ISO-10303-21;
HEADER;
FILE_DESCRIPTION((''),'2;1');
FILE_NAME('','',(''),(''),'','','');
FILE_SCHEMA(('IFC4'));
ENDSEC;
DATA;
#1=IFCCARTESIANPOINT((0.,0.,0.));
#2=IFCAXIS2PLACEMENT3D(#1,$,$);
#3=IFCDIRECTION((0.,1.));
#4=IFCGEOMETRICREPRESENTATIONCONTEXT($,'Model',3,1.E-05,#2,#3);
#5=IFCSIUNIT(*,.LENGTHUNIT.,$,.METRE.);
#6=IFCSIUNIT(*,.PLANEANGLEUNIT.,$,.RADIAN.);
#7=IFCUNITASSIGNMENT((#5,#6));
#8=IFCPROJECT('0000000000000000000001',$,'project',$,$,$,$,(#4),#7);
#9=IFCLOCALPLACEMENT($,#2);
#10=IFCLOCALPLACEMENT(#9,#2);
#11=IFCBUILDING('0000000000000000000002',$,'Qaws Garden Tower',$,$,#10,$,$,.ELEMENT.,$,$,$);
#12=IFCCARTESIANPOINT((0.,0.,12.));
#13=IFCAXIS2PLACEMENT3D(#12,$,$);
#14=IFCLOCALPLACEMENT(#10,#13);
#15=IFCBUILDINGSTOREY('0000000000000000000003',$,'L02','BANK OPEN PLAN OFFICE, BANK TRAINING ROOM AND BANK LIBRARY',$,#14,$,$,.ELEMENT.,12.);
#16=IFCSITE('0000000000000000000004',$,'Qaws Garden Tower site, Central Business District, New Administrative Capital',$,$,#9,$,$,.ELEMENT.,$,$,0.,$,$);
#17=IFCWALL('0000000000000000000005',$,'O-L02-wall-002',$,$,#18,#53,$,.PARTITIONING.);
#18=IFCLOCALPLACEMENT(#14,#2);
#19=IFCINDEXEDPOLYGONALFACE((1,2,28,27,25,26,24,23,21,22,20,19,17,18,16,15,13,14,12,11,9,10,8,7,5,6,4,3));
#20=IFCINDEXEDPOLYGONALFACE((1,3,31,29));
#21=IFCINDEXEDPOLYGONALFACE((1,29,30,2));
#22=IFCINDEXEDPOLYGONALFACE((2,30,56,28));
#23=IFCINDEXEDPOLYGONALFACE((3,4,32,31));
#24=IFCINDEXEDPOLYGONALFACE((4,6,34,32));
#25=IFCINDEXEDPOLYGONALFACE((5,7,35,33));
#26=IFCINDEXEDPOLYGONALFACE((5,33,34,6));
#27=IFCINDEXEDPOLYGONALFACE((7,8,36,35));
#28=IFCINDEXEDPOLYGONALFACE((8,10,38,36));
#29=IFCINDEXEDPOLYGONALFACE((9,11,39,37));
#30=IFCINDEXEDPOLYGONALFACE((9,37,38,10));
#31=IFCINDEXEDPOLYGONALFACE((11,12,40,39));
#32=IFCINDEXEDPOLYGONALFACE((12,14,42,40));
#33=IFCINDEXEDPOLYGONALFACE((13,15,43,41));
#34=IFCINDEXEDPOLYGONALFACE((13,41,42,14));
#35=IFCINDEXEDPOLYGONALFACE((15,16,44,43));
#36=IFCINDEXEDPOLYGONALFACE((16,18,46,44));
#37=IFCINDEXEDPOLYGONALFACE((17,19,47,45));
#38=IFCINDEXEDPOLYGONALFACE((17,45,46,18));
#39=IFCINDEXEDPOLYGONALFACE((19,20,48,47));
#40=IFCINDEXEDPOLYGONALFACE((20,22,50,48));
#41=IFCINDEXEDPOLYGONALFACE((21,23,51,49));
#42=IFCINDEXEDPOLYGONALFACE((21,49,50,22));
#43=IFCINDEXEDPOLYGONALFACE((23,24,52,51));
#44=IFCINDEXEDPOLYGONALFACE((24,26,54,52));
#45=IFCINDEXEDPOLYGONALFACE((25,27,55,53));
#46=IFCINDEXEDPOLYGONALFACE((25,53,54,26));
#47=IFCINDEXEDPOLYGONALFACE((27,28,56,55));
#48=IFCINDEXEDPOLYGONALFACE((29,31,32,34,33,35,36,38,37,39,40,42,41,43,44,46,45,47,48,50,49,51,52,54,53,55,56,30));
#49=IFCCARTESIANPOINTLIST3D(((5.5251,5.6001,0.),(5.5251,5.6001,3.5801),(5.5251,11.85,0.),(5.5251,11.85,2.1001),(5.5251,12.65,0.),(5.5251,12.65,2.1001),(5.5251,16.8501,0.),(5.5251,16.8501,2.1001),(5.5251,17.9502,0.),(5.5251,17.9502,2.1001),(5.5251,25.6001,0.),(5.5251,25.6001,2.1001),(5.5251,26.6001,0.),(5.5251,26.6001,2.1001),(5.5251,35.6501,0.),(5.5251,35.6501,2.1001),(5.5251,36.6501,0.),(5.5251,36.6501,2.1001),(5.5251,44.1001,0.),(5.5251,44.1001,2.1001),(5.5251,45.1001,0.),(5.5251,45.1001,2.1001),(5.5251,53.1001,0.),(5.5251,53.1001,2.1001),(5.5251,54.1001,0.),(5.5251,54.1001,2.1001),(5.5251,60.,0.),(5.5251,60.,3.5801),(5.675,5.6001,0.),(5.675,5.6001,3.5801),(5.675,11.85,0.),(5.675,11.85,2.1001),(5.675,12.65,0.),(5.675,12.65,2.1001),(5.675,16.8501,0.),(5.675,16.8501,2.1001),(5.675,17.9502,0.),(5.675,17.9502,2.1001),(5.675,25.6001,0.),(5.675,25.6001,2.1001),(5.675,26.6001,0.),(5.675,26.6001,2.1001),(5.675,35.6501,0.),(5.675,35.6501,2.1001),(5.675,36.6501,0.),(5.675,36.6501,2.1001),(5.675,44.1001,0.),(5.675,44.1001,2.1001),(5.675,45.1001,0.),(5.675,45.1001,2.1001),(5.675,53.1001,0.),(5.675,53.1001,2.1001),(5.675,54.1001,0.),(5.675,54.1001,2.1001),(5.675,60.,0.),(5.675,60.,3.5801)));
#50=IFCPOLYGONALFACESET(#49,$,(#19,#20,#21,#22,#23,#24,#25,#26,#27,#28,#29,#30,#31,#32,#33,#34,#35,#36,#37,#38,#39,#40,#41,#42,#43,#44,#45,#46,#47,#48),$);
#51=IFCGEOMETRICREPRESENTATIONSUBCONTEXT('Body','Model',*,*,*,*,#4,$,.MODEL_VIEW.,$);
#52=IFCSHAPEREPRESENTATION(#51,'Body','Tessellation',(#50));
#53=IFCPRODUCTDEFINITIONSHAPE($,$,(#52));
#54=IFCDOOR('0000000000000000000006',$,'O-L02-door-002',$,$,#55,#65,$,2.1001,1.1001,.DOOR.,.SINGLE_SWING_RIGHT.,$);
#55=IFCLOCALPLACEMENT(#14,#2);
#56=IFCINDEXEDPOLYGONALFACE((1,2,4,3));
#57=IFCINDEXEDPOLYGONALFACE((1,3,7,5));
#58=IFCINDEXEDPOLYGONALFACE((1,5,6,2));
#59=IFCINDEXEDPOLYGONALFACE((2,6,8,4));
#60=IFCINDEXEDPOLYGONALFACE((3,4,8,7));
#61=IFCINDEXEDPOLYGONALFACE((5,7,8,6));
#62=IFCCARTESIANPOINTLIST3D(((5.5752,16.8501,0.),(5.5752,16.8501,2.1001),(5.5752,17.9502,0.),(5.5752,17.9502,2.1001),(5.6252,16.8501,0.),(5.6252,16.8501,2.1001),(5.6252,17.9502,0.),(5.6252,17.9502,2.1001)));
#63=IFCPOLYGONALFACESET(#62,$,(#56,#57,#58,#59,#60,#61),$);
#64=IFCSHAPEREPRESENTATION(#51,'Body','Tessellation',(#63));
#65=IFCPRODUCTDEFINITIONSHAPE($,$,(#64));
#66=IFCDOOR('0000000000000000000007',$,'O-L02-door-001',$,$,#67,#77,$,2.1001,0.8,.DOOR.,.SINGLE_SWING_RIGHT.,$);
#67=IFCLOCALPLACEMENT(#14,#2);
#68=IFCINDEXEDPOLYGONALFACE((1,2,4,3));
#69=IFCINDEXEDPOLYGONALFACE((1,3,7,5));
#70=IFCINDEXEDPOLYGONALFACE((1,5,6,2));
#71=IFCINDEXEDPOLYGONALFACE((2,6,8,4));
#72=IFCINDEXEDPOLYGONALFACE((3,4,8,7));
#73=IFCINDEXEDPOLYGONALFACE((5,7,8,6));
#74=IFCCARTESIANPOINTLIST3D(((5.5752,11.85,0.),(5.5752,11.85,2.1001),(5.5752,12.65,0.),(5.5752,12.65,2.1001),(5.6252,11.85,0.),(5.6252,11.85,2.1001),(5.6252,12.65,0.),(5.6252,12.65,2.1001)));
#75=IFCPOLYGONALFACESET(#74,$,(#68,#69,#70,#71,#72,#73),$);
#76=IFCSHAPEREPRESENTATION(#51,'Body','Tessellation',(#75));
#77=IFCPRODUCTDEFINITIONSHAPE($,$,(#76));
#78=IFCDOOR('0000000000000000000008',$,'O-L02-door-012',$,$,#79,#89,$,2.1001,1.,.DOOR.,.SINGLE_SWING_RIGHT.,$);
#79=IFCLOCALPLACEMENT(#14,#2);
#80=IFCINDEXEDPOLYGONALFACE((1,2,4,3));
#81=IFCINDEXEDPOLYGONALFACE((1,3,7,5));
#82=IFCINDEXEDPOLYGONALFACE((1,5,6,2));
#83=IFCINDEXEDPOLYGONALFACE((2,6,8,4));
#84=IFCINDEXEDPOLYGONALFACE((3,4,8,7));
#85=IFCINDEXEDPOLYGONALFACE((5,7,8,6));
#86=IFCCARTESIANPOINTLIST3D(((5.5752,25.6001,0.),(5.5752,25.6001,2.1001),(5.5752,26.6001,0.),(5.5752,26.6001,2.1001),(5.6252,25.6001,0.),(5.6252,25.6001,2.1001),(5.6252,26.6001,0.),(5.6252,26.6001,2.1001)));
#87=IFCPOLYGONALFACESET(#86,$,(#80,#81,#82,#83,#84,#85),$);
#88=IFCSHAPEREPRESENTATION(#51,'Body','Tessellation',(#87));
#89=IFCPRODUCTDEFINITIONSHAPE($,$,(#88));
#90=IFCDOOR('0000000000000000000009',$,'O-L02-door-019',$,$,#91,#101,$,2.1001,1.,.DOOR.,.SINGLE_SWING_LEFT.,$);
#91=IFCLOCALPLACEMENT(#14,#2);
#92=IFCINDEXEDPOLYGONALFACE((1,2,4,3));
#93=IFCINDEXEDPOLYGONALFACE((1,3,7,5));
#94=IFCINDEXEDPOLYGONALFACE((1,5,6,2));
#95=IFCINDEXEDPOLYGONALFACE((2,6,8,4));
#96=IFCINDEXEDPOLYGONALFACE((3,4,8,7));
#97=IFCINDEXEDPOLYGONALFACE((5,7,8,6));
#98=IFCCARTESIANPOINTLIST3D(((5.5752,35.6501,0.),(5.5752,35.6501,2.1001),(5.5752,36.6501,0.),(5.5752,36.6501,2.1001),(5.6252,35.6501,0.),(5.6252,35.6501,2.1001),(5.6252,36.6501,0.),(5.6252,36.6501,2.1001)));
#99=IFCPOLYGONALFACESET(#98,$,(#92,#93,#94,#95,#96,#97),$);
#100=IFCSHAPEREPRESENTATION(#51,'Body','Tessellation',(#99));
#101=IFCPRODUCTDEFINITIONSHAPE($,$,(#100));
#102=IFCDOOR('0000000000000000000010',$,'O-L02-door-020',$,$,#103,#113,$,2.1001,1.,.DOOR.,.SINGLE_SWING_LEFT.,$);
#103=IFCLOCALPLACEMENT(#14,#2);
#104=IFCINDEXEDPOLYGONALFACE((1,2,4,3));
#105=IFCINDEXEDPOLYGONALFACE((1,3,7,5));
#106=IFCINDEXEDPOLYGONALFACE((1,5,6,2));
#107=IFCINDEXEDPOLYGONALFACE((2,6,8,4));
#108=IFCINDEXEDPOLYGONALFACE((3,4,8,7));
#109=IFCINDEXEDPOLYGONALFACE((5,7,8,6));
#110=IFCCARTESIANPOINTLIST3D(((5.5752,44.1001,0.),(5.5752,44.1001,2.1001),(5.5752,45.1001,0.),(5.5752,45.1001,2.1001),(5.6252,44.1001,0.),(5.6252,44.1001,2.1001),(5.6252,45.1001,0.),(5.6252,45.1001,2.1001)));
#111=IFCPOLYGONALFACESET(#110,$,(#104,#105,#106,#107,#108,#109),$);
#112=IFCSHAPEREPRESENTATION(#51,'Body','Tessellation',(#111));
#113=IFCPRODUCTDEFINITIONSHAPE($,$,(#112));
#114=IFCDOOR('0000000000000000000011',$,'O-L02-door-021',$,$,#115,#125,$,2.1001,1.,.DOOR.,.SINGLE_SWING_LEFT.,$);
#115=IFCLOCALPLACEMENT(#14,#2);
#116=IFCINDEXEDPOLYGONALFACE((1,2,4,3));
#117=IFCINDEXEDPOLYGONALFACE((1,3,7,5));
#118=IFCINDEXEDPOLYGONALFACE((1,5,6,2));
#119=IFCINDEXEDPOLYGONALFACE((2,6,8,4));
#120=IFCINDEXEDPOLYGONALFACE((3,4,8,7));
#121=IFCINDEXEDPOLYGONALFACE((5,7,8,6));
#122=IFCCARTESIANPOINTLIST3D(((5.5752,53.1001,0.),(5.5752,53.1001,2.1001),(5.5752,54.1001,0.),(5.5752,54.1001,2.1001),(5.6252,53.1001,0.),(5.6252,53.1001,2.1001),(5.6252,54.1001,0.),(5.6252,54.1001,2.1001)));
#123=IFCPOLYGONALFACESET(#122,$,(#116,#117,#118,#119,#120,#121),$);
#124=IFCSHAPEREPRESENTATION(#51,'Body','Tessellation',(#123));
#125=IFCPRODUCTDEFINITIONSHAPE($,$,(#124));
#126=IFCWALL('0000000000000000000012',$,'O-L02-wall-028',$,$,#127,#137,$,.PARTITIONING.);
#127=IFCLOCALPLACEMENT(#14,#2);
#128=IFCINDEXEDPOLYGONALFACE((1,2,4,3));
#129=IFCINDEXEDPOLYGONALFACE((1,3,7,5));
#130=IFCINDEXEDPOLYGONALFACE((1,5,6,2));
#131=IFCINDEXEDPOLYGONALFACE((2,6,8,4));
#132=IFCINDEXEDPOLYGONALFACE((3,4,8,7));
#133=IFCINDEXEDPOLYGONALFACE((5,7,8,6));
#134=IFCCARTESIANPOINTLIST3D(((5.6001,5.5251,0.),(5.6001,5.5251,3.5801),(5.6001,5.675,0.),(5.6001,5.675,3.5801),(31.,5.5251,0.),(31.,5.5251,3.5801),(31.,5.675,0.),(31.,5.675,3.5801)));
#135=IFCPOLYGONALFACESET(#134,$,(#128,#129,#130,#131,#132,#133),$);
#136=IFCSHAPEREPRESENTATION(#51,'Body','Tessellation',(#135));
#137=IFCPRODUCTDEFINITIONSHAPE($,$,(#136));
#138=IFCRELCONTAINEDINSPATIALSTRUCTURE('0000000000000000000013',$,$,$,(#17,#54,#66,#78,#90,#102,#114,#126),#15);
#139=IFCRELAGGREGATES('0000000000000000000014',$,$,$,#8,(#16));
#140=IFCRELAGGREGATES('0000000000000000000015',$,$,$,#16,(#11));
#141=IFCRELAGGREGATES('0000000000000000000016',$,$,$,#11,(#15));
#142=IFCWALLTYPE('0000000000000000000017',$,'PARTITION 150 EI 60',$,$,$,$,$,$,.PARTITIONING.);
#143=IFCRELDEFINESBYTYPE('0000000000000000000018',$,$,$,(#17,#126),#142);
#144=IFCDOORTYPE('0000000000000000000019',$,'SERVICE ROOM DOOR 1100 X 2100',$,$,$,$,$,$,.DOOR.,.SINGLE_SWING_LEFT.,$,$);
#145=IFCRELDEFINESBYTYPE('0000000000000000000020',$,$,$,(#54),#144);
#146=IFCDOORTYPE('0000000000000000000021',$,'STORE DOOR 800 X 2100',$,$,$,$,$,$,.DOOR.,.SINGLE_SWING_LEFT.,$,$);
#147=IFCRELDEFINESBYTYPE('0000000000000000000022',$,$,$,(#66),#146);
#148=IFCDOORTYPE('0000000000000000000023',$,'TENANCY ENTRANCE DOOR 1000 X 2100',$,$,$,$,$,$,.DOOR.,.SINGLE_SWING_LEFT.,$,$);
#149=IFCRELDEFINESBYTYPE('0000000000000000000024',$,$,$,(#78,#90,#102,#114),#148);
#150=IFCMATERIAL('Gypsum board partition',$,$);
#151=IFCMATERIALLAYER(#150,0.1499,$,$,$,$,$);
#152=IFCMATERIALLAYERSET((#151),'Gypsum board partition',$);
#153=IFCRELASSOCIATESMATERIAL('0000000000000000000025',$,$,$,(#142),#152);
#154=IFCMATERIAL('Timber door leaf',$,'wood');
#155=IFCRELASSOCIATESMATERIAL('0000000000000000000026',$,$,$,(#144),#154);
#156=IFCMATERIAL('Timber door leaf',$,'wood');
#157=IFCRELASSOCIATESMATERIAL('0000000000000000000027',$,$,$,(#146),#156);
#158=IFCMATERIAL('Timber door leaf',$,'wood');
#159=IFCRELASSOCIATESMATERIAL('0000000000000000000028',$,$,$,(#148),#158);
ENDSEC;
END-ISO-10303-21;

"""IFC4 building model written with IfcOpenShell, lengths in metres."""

from ifc_helpers import new_model, si_unit, direction, frame, frame_2d, origin, place, context, subcontext, project, spatial, rectangle, extrude, material, layer, layer_set, type_object, element, fill, save


model = new_model("IFC4")

# Units and contexts
model_context = context("Model", 3, precision=1e-05, world=origin(), true_north=direction((0.0, 1.0)))
body_context = subcontext(model_context, "Body", "Model", "MODEL_VIEW")
ifc_project = project(units=[si_unit("LENGTHUNIT", "METRE"), si_unit("PLANEANGLEUNIT", "RADIAN")], contexts=[model_context])

# Site, building, storey
site_placement = place(None, origin())
site = spatial("IfcSite", under=ifc_project, at=site_placement, Name="Qaws Garden Tower site, Central Business District, New Administrative Capital", CompositionType="ELEMENT", RefElevation=0.0)
building_placement = place(site_placement, origin())
building = spatial("IfcBuilding", under=site, at=building_placement, Name="Qaws Garden Tower", CompositionType="ELEMENT")
storey_placement = place(building_placement, frame((0.0, 0.0, 12.0)))
storey = spatial("IfcBuildingStorey", under=building, at=storey_placement, Name="L02", Description="BANK OPEN PLAN OFFICE, BANK TRAINING ROOM AND BANK LIBRARY", CompositionType="ELEMENT", Elevation=12.0)

# Wall, openings, doors
ifc_material_1 = material(Name="Gypsum board partition")
ifc_layer_1 = layer(ifc_material_1, 0.1499)
ifc_layer_set_1 = layer_set([ifc_layer_1], Name="Gypsum board partition")
wall_type_1 = type_object("IfcWallType", Name="PARTITION 150 EI 60", PredefinedType="PARTITIONING", material=ifc_layer_set_1)
wall_1_placement = place(storey_placement, frame((5.6001, 5.6001, 0.0), z_axis=(0.0, 0.0, 1.0), x_axis=(0.0, 1.0, 0.0)))
wall_1 = element("IfcWall", 1, at=wall_1_placement, inside=storey, type_object=wall_type_1, Name="O-L02-wall-002", PredefinedType="PARTITIONING", context=body_context, shape_type="SweptSolid", body=[
    extrude(rectangle(XDim=54.3999, YDim=0.1499, at=frame_2d((27.2, 0.0))), origin(), (0.0, 0.0, 1.0), 3.5801),
])
opening_1_placement = place(wall_1_placement, frame((6.25, 0.0, 0.0)))
opening_1 = element("IfcOpeningElement", 2, at=opening_1_placement, cuts=wall_1, PredefinedType="OPENING", context=body_context, shape_type="SweptSolid", body=[
    extrude(rectangle(XDim=0.8, YDim=2.1001, at=frame_2d((0.3999, 1.05))), frame((0.0, 0.085, 0.0), z_axis=(0.0, -1.0, 0.0), x_axis=(1.0, 0.0, 0.0)), (0.0, 0.0, 1.0), 0.1699),
])
opening_2_placement = place(wall_1_placement, frame((11.25, 0.0, 0.0)))
opening_2 = element("IfcOpeningElement", 3, at=opening_2_placement, cuts=wall_1, PredefinedType="OPENING", context=body_context, shape_type="SweptSolid", body=[
    extrude(rectangle(XDim=1.1001, YDim=2.1001, at=frame_2d((0.55, 1.05))), frame((0.0, 0.085, 0.0), z_axis=(0.0, -1.0, 0.0), x_axis=(1.0, 0.0, 0.0)), (0.0, 0.0, 1.0), 0.1699),
])
opening_3_placement = place(wall_1_placement, frame((20.0, 0.0, 0.0)))
opening_3 = element("IfcOpeningElement", 4, at=opening_3_placement, cuts=wall_1, PredefinedType="OPENING", context=body_context, shape_type="SweptSolid", body=[
    extrude(rectangle(XDim=1.0, YDim=2.1001, at=frame_2d((0.5, 1.05))), frame((0.0, 0.085, 0.0), z_axis=(0.0, -1.0, 0.0), x_axis=(1.0, 0.0, 0.0)), (0.0, 0.0, 1.0), 0.1699),
])
opening_4_placement = place(wall_1_placement, frame((30.05, 0.0, 0.0)))
opening_4 = element("IfcOpeningElement", 5, at=opening_4_placement, cuts=wall_1, PredefinedType="OPENING", context=body_context, shape_type="SweptSolid", body=[
    extrude(rectangle(XDim=1.0, YDim=2.1001, at=frame_2d((0.5, 1.05))), frame((0.0, 0.085, 0.0), z_axis=(0.0, -1.0, 0.0), x_axis=(1.0, 0.0, 0.0)), (0.0, 0.0, 1.0), 0.1699),
])
opening_5_placement = place(wall_1_placement, frame((38.5, 0.0, 0.0)))
opening_5 = element("IfcOpeningElement", 6, at=opening_5_placement, cuts=wall_1, PredefinedType="OPENING", context=body_context, shape_type="SweptSolid", body=[
    extrude(rectangle(XDim=1.0, YDim=2.1001, at=frame_2d((0.5, 1.05))), frame((0.0, 0.085, 0.0), z_axis=(0.0, -1.0, 0.0), x_axis=(1.0, 0.0, 0.0)), (0.0, 0.0, 1.0), 0.1699),
])
opening_6_placement = place(wall_1_placement, frame((47.5, 0.0, 0.0)))
opening_6 = element("IfcOpeningElement", 7, at=opening_6_placement, cuts=wall_1, PredefinedType="OPENING", context=body_context, shape_type="SweptSolid", body=[
    extrude(rectangle(XDim=1.0, YDim=2.1001, at=frame_2d((0.5, 1.05))), frame((0.0, 0.085, 0.0), z_axis=(0.0, -1.0, 0.0), x_axis=(1.0, 0.0, 0.0)), (0.0, 0.0, 1.0), 0.1699),
])
ifc_material_2 = material(Name="Timber door leaf", Category="wood")
door_type_1 = type_object("IfcDoorType", Name="SERVICE ROOM DOOR 1100 X 2100", OperationType="SINGLE_SWING_LEFT", PredefinedType="DOOR", material=ifc_material_2)
door_1_placement = place(opening_2_placement, origin())
door_1 = element("IfcDoor", 8, at=door_1_placement, inside=storey, type_object=door_type_1, Name="O-L02-door-002", OperationType="SINGLE_SWING_RIGHT", OverallHeight=2.1001, OverallWidth=1.1001, PredefinedType="DOOR", context=body_context, shape_type="SweptSolid", body=[
    extrude(rectangle(XDim=1.1001, YDim=2.1001, at=frame_2d((0.55, 1.05))), frame((0.0, 0.0249, 0.0), z_axis=(0.0, -1.0, 0.0), x_axis=(1.0, 0.0, 0.0)), (0.0, 0.0, 1.0), 0.05),
])
fill(opening_2, door_1)
ifc_material_3 = material(Name="Timber door leaf", Category="wood")
door_type_2 = type_object("IfcDoorType", Name="STORE DOOR 800 X 2100", OperationType="SINGLE_SWING_LEFT", PredefinedType="DOOR", material=ifc_material_3)
door_2_placement = place(opening_1_placement, origin())
door_2 = element("IfcDoor", 9, at=door_2_placement, inside=storey, type_object=door_type_2, Name="O-L02-door-001", OperationType="SINGLE_SWING_RIGHT", OverallHeight=2.1001, OverallWidth=0.8, PredefinedType="DOOR", context=body_context, shape_type="SweptSolid", body=[
    extrude(rectangle(XDim=0.8, YDim=2.1001, at=frame_2d((0.3999, 1.05))), frame((0.0, 0.0249, 0.0), z_axis=(0.0, -1.0, 0.0), x_axis=(1.0, 0.0, 0.0)), (0.0, 0.0, 1.0), 0.05),
])
fill(opening_1, door_2)
ifc_material_4 = material(Name="Timber door leaf", Category="wood")
door_type_3 = type_object("IfcDoorType", Name="TENANCY ENTRANCE DOOR 1000 X 2100", OperationType="SINGLE_SWING_LEFT", PredefinedType="DOOR", material=ifc_material_4)
door_3_placement = place(opening_3_placement, origin())
door_3 = element("IfcDoor", 10, at=door_3_placement, inside=storey, type_object=door_type_3, Name="O-L02-door-012", OperationType="SINGLE_SWING_RIGHT", OverallHeight=2.1001, OverallWidth=1.0, PredefinedType="DOOR", context=body_context, shape_type="SweptSolid", body=[
    extrude(rectangle(XDim=1.0, YDim=2.1001, at=frame_2d((0.5, 1.05))), frame((0.0, 0.0249, 0.0), z_axis=(0.0, -1.0, 0.0), x_axis=(1.0, 0.0, 0.0)), (0.0, 0.0, 1.0), 0.05),
])
fill(opening_3, door_3)
door_4_placement = place(opening_4_placement, origin())
door_4 = element("IfcDoor", 11, at=door_4_placement, inside=storey, type_object=door_type_3, Name="O-L02-door-019", OperationType="SINGLE_SWING_LEFT", OverallHeight=2.1001, OverallWidth=1.0, PredefinedType="DOOR", context=body_context, shape_type="SweptSolid", body=[
    extrude(rectangle(XDim=1.0, YDim=2.1001, at=frame_2d((0.5, 1.05))), frame((0.0, 0.0249, 0.0), z_axis=(0.0, -1.0, 0.0), x_axis=(1.0, 0.0, 0.0)), (0.0, 0.0, 1.0), 0.05),
])
fill(opening_4, door_4)
door_5_placement = place(opening_5_placement, origin())
door_5 = element("IfcDoor", 12, at=door_5_placement, inside=storey, type_object=door_type_3, Name="O-L02-door-020", OperationType="SINGLE_SWING_LEFT", OverallHeight=2.1001, OverallWidth=1.0, PredefinedType="DOOR", context=body_context, shape_type="SweptSolid", body=[
    extrude(rectangle(XDim=1.0, YDim=2.1001, at=frame_2d((0.5, 1.05))), frame((0.0, 0.0249, 0.0), z_axis=(0.0, -1.0, 0.0), x_axis=(1.0, 0.0, 0.0)), (0.0, 0.0, 1.0), 0.05),
])
fill(opening_5, door_5)
door_6_placement = place(opening_6_placement, origin())
door_6 = element("IfcDoor", 13, at=door_6_placement, inside=storey, type_object=door_type_3, Name="O-L02-door-021", OperationType="SINGLE_SWING_LEFT", OverallHeight=2.1001, OverallWidth=1.0, PredefinedType="DOOR", context=body_context, shape_type="SweptSolid", body=[
    extrude(rectangle(XDim=1.0, YDim=2.1001, at=frame_2d((0.5, 1.05))), frame((0.0, 0.0249, 0.0), z_axis=(0.0, -1.0, 0.0), x_axis=(1.0, 0.0, 0.0)), (0.0, 0.0, 1.0), 0.05),
])
fill(opening_6, door_6)

# Wall
wall_2_placement = place(storey_placement, frame((5.6001, 5.6001, 0.0), z_axis=(0.0, 0.0, 1.0), x_axis=(1.0, 0.0, 0.0)))
element("IfcWall", 14, at=wall_2_placement, inside=storey, type_object=wall_type_1, Name="O-L02-wall-028", PredefinedType="PARTITIONING", context=body_context, shape_type="SweptSolid", body=[
    extrude(rectangle(XDim=25.3999, YDim=0.1499, at=frame_2d((12.7, 0.0))), origin(), (0.0, 0.0, 1.0), 3.5801),
])

save(model, "model.ifc")
